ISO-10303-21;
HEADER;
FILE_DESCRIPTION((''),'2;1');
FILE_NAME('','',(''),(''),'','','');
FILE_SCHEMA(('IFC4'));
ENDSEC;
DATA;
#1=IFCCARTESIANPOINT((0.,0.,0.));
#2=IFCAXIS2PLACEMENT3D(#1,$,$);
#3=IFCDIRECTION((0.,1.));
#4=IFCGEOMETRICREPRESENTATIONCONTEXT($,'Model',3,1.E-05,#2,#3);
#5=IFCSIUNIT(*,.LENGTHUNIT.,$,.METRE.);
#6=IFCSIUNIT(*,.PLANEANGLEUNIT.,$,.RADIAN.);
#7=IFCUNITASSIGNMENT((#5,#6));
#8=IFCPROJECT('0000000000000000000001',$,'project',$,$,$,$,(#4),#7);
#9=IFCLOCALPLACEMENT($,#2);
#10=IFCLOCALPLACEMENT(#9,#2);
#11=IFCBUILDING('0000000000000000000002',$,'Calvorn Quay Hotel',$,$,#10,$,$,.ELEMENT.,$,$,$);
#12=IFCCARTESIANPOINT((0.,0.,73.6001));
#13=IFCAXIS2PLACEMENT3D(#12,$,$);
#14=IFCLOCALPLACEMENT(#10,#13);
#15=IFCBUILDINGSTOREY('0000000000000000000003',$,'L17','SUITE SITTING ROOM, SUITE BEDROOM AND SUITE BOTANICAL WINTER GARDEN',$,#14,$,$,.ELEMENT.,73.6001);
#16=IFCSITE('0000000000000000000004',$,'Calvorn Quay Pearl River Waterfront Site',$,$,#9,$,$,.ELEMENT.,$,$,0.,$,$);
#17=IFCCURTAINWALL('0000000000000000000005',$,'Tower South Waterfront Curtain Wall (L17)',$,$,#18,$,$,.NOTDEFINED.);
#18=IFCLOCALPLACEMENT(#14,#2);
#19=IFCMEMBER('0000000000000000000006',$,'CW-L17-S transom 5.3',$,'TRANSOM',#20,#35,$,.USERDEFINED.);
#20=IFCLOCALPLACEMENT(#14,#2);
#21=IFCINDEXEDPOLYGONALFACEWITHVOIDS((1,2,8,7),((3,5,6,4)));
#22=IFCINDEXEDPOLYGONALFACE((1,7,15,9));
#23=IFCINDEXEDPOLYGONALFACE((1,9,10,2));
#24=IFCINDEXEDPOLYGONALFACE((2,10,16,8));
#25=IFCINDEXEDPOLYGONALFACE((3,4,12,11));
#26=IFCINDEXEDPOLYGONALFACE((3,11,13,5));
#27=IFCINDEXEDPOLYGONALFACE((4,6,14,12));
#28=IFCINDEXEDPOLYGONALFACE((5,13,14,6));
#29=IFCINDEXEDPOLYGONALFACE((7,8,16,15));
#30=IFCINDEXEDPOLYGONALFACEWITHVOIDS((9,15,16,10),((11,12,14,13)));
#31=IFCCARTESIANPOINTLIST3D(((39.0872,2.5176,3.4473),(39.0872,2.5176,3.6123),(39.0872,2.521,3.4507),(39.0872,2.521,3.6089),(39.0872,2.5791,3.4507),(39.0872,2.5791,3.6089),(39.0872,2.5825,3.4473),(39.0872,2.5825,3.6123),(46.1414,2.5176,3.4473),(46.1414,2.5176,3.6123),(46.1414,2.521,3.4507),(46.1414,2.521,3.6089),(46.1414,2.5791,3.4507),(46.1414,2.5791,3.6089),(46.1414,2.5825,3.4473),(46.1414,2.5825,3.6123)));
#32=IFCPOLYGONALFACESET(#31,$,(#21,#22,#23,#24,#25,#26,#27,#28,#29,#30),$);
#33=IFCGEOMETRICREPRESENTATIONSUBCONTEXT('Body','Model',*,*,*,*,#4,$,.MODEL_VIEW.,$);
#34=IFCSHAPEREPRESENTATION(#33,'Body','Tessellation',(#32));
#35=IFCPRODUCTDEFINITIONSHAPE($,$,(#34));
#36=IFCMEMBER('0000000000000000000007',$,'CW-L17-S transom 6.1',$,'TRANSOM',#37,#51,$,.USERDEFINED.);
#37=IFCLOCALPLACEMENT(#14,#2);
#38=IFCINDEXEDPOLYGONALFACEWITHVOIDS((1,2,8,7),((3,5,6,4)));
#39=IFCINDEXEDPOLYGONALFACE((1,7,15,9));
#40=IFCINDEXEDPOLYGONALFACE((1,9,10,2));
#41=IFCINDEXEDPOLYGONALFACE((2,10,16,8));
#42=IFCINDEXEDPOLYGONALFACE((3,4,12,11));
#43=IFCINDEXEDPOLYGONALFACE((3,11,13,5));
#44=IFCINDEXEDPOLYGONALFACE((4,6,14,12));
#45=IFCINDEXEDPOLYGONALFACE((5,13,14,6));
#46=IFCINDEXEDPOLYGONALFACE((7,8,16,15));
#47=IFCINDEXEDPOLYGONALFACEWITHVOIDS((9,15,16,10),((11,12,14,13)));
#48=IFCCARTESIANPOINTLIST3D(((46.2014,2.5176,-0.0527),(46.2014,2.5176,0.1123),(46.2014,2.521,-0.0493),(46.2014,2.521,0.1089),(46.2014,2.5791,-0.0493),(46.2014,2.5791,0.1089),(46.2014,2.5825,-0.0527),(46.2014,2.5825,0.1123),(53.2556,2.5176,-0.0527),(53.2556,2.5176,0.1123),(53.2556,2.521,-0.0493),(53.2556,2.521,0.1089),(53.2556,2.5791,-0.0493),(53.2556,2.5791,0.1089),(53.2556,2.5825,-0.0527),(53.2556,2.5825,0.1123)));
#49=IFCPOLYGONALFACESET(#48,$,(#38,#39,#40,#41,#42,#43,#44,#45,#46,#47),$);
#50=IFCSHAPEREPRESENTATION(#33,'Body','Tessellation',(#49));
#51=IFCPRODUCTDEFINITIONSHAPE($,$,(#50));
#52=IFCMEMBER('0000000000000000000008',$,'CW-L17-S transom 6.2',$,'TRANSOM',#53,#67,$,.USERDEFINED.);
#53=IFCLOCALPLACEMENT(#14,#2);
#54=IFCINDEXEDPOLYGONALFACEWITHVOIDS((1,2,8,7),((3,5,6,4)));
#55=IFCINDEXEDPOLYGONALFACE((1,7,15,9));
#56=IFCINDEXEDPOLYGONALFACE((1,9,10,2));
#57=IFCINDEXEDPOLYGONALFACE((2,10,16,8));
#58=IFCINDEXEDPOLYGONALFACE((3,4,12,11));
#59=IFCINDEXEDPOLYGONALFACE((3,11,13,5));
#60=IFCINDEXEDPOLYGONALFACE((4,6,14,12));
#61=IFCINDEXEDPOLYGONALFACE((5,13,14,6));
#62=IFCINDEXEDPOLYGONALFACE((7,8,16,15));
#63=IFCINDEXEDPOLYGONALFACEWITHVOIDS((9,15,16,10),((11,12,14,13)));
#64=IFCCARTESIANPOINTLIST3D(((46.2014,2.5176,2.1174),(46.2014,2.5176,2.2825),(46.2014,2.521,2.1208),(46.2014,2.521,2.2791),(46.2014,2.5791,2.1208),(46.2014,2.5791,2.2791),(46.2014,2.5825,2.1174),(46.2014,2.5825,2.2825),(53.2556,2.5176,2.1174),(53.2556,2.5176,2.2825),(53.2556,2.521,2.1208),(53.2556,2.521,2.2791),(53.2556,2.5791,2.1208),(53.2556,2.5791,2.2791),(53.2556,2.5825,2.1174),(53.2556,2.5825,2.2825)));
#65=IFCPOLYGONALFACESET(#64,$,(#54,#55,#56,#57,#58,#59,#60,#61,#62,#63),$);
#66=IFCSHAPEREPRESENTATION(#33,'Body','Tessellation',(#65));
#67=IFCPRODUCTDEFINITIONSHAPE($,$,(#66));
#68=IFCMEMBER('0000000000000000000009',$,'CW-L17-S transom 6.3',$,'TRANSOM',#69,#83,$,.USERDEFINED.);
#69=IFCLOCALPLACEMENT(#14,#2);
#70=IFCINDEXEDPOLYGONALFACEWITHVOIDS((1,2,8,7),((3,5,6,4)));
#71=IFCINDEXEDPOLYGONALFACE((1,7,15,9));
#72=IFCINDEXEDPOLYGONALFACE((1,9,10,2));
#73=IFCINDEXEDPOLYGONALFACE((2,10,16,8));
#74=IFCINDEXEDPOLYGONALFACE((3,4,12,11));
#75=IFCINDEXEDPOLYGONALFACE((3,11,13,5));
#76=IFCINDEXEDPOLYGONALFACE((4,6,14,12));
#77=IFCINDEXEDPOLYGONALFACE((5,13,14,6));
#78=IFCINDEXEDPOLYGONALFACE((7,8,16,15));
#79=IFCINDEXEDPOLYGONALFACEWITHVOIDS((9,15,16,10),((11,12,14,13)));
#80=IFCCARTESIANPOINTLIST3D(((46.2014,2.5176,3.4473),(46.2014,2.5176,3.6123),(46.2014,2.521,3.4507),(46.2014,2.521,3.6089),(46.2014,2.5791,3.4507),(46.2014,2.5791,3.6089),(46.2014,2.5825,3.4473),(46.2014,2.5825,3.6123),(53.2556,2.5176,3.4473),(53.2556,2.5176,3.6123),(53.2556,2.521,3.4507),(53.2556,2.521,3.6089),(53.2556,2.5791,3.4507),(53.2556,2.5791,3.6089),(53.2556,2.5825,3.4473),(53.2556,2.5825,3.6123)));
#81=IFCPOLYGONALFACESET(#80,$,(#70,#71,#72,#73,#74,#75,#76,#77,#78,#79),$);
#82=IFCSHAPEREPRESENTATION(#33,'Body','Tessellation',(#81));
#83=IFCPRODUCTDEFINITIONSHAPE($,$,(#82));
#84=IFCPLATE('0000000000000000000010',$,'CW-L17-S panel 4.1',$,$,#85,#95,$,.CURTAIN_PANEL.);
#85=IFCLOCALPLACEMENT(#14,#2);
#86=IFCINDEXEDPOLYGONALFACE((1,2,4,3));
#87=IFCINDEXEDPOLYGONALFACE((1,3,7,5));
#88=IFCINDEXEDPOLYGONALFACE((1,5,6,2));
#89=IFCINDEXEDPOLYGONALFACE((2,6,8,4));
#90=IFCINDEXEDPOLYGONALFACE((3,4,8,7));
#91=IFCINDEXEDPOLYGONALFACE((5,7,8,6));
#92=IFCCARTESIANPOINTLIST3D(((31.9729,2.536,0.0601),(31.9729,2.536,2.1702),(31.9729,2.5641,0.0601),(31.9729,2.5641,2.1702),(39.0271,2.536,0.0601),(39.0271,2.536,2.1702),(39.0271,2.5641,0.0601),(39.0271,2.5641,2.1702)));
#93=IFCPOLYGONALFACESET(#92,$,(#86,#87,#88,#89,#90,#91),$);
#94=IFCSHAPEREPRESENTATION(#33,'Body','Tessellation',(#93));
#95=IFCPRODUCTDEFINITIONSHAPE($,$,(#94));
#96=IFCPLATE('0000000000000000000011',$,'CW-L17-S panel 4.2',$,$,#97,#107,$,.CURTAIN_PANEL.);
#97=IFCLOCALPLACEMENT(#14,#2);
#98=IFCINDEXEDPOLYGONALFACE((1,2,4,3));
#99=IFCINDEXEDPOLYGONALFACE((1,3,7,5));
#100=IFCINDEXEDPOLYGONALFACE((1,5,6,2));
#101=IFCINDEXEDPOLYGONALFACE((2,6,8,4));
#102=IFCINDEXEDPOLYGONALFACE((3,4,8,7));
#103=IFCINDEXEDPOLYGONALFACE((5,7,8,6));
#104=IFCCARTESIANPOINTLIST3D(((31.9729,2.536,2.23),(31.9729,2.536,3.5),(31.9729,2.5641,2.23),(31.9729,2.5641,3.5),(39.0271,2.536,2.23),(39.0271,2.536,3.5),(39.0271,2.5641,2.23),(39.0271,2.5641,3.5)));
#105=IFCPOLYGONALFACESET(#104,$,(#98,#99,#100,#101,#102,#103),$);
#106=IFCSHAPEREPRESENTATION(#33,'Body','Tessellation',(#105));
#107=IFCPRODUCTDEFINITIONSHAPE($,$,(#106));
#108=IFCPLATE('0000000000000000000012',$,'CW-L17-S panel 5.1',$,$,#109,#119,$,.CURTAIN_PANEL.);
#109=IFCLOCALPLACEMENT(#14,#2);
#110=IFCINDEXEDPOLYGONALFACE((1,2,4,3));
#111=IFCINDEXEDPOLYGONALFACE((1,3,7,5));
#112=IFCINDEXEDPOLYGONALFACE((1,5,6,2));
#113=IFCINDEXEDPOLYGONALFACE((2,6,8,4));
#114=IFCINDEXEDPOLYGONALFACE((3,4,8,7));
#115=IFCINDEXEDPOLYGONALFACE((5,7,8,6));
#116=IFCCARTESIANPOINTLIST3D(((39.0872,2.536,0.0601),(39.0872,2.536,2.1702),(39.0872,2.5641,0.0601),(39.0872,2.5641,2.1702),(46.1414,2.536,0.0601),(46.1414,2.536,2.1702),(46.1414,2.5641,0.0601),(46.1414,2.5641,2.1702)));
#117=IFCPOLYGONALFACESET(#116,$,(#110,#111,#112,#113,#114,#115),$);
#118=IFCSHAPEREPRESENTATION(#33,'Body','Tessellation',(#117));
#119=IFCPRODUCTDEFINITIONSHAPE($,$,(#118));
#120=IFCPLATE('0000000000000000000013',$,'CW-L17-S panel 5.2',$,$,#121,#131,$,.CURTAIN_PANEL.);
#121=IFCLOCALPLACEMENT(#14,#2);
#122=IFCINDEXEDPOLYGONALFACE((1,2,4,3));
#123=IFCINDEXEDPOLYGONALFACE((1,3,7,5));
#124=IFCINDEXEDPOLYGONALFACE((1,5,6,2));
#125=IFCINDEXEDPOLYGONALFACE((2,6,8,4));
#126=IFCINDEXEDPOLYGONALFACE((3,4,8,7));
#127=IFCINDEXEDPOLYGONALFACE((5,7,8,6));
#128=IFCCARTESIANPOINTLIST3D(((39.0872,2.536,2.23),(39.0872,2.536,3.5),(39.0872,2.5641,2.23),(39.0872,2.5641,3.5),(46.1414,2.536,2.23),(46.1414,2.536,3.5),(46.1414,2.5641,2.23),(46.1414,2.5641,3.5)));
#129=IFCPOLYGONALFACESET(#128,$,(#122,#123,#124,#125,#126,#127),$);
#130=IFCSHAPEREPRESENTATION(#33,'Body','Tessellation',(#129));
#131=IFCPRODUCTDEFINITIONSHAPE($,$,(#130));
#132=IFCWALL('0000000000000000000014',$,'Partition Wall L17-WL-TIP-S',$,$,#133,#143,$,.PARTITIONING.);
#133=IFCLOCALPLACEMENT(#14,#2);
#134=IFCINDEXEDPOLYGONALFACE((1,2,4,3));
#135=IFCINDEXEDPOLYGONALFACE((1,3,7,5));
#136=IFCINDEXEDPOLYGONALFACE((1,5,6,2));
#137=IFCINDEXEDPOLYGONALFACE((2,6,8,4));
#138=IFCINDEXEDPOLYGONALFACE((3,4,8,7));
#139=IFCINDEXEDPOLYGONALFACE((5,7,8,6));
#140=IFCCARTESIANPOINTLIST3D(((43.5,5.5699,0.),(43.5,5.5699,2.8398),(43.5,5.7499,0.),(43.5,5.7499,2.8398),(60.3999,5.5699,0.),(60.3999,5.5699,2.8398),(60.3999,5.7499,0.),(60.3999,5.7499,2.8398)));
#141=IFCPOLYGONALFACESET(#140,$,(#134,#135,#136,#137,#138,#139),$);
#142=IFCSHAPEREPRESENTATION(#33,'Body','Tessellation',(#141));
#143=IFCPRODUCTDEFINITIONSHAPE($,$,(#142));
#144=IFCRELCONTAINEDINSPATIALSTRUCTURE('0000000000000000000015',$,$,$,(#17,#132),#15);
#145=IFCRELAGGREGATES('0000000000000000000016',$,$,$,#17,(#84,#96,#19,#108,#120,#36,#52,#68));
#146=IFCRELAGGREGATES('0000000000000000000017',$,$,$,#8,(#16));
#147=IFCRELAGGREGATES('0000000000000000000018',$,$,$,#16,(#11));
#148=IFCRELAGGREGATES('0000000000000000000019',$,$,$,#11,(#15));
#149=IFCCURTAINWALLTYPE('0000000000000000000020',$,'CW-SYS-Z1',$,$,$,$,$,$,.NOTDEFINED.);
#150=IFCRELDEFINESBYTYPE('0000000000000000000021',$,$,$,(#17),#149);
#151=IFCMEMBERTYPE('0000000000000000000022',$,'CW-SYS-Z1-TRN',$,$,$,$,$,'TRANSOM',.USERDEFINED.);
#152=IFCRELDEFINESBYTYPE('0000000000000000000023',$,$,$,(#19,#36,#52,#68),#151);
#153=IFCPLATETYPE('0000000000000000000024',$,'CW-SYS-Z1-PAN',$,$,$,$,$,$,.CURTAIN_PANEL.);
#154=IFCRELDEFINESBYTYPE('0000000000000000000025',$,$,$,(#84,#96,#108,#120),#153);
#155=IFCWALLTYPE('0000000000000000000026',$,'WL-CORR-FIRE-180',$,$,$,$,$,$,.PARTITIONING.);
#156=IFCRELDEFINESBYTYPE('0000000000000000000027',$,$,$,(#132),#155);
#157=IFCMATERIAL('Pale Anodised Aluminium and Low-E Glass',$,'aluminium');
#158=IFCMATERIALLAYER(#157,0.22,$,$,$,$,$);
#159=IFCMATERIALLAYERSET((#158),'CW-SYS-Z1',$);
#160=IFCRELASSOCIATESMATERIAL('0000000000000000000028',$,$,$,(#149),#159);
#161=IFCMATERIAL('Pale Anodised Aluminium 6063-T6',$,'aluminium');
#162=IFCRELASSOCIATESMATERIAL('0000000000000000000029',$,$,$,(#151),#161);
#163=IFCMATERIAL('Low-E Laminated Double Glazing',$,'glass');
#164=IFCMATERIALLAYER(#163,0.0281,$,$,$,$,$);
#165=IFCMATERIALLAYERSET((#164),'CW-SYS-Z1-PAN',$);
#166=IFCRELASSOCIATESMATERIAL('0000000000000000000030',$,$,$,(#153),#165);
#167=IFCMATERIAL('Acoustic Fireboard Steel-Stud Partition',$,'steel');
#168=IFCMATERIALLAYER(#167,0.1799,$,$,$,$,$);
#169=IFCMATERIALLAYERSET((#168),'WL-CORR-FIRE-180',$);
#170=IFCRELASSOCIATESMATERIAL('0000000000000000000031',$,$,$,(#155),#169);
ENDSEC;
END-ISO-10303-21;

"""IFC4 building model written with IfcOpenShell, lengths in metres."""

from ifc_helpers import new_model, si_unit, direction, frame, frame_2d, origin, origin_2d, place, context, subcontext, project, spatial, rectangle, hollow_rectangle, extrude, material, layer, layer_set, material_profile, profile_set, type_object, element, aggregate, save


model = new_model("IFC4")

# Units and contexts
model_context = context("Model", 3, precision=1e-05, world=origin(), true_north=direction((0.0, 1.0)))
body_context = subcontext(model_context, "Body", "Model", "MODEL_VIEW")
ifc_project = project(units=[si_unit("LENGTHUNIT", "METRE"), si_unit("PLANEANGLEUNIT", "RADIAN")], contexts=[model_context])

# Site, building, storey
site_placement = place(None, origin())
site = spatial("IfcSite", under=ifc_project, at=site_placement, Name="Calvorn Quay Pearl River Waterfront Site", CompositionType="ELEMENT", RefElevation=0.0)
building_placement = place(site_placement, origin())
building = spatial("IfcBuilding", under=site, at=building_placement, Name="Calvorn Quay Hotel", CompositionType="ELEMENT")
storey_placement = place(building_placement, frame((0.0, 0.0, 73.6001)))
storey = spatial("IfcBuildingStorey", under=building, at=storey_placement, Name="L17", Description="SUITE SITTING ROOM, SUITE BEDROOM AND SUITE BOTANICAL WINTER GARDEN", CompositionType="ELEMENT", Elevation=73.6001)

# Curtain wall, members, plates
ifc_material_1 = material(Name="Pale Anodised Aluminium and Low-E Glass", Category="aluminium")
ifc_layer_1 = layer(ifc_material_1, 0.22)
ifc_layer_set_1 = layer_set([ifc_layer_1], Name="CW-SYS-Z1")
curtain_wall_type = type_object("IfcCurtainWallType", Name="CW-SYS-Z1", PredefinedType="NOTDEFINED", material=ifc_layer_set_1)
curtain_wall_placement = place(storey_placement, origin())
curtain_wall = element("IfcCurtainWall", 1, at=curtain_wall_placement, inside=storey, type_object=curtain_wall_type, Name="Tower South Waterfront Curtain Wall (L17)", PredefinedType="NOTDEFINED")
ifc_material_2 = material(Name="Pale Anodised Aluminium 6063-T6", Category="aluminium")
ifc_material_profile_1 = material_profile(ifc_material_2, hollow_rectangle(XDim=0.0649, YDim=0.165, WallThickness=0.0034, at=origin_2d()), Name="ALU-T165x65x3.5")
ifc_profile_set_1 = profile_set([ifc_material_profile_1], Name="Pale Anodised Aluminium 6063-T6")
member_type_1 = type_object("IfcMemberType", Name="CW-SYS-Z1-TRN", ElementType="TRANSOM", PredefinedType="USERDEFINED", material=ifc_profile_set_1)
member_1_placement = place(storey_placement, frame((39.0872, 2.55, 3.5298), z_axis=(1.0, 0.0, 0.0), x_axis=(0.0, 1.0, 0.0)))
member_1 = element("IfcMember", 2, at=member_1_placement, type_object=member_type_1, Name="CW-L17-S transom 5.3", ObjectType="TRANSOM", PredefinedType="USERDEFINED", context=body_context, shape_type="SweptSolid", body=[
    extrude(hollow_rectangle(XDim=0.0649, YDim=0.165, WallThickness=0.0034, at=origin_2d()), origin(), (0.0, 0.0, 1.0), 7.0542),
])
member_2_placement = place(storey_placement, frame((46.2014, 2.55, 0.0298), z_axis=(1.0, 0.0, 0.0), x_axis=(0.0, 1.0, 0.0)))
member_2 = element("IfcMember", 3, at=member_2_placement, type_object=member_type_1, Name="CW-L17-S transom 6.1", ObjectType="TRANSOM", PredefinedType="USERDEFINED", context=body_context, shape_type="SweptSolid", body=[
    extrude(hollow_rectangle(XDim=0.0649, YDim=0.165, WallThickness=0.0034, at=origin_2d()), origin(), (0.0, 0.0, 1.0), 7.0542),
])
member_3_placement = place(storey_placement, frame((46.2014, 2.55, 2.2), z_axis=(1.0, 0.0, 0.0), x_axis=(0.0, 1.0, 0.0)))
member_3 = element("IfcMember", 4, at=member_3_placement, type_object=member_type_1, Name="CW-L17-S transom 6.2", ObjectType="TRANSOM", PredefinedType="USERDEFINED", context=body_context, shape_type="SweptSolid", body=[
    extrude(hollow_rectangle(XDim=0.0649, YDim=0.165, WallThickness=0.0034, at=origin_2d()), origin(), (0.0, 0.0, 1.0), 7.0542),
])
member_4_placement = place(storey_placement, frame((46.2014, 2.55, 3.5298), z_axis=(1.0, 0.0, 0.0), x_axis=(0.0, 1.0, 0.0)))
member_4 = element("IfcMember", 5, at=member_4_placement, type_object=member_type_1, Name="CW-L17-S transom 6.3", ObjectType="TRANSOM", PredefinedType="USERDEFINED", context=body_context, shape_type="SweptSolid", body=[
    extrude(hollow_rectangle(XDim=0.0649, YDim=0.165, WallThickness=0.0034, at=origin_2d()), origin(), (0.0, 0.0, 1.0), 7.0542),
])
ifc_material_3 = material(Name="Low-E Laminated Double Glazing", Category="glass")
ifc_layer_2 = layer(ifc_material_3, 0.0281)
ifc_layer_set_2 = layer_set([ifc_layer_2], Name="CW-SYS-Z1-PAN")
plate_type = type_object("IfcPlateType", Name="CW-SYS-Z1-PAN", PredefinedType="CURTAIN_PANEL", material=ifc_layer_set_2)
plate_1_placement = place(storey_placement, frame((35.5, 2.55, 0.0601), z_axis=(0.0, 0.0, 1.0), x_axis=(1.0, 0.0, 0.0)))
plate_1 = element("IfcPlate", 6, at=plate_1_placement, type_object=plate_type, Name="CW-L17-S panel 4.1", PredefinedType="CURTAIN_PANEL", context=body_context, shape_type="SweptSolid", body=[
    extrude(rectangle(XDim=7.0542, YDim=0.0281, at=origin_2d()), origin(), (0.0, 0.0, 1.0), 2.1101),
])
plate_2_placement = place(storey_placement, frame((35.5, 2.55, 2.23), z_axis=(0.0, 0.0, 1.0), x_axis=(1.0, 0.0, 0.0)))
plate_2 = element("IfcPlate", 7, at=plate_2_placement, type_object=plate_type, Name="CW-L17-S panel 4.2", PredefinedType="CURTAIN_PANEL", context=body_context, shape_type="SweptSolid", body=[
    extrude(rectangle(XDim=7.0542, YDim=0.0281, at=origin_2d()), origin(), (0.0, 0.0, 1.0), 1.27),
])
plate_3_placement = place(storey_placement, frame((42.6143, 2.55, 0.0601), z_axis=(0.0, 0.0, 1.0), x_axis=(1.0, 0.0, 0.0)))
plate_3 = element("IfcPlate", 8, at=plate_3_placement, type_object=plate_type, Name="CW-L17-S panel 5.1", PredefinedType="CURTAIN_PANEL", context=body_context, shape_type="SweptSolid", body=[
    extrude(rectangle(XDim=7.0542, YDim=0.0281, at=origin_2d()), origin(), (0.0, 0.0, 1.0), 2.1101),
])
plate_4_placement = place(storey_placement, frame((42.6143, 2.55, 2.23), z_axis=(0.0, 0.0, 1.0), x_axis=(1.0, 0.0, 0.0)))
plate_4 = element("IfcPlate", 9, at=plate_4_placement, type_object=plate_type, Name="CW-L17-S panel 5.2", PredefinedType="CURTAIN_PANEL", context=body_context, shape_type="SweptSolid", body=[
    extrude(rectangle(XDim=7.0542, YDim=0.0281, at=origin_2d()), origin(), (0.0, 0.0, 1.0), 1.27),
])
aggregate(curtain_wall, [plate_1, plate_2, member_1, plate_3, plate_4, member_2, member_3, member_4])

# Wall
ifc_material_4 = material(Name="Acoustic Fireboard Steel-Stud Partition", Category="steel")
ifc_layer_3 = layer(ifc_material_4, 0.1799)
ifc_layer_set_3 = layer_set([ifc_layer_3], Name="WL-CORR-FIRE-180")
wall_type_1 = type_object("IfcWallType", Name="WL-CORR-FIRE-180", PredefinedType="PARTITIONING", material=ifc_layer_set_3)
wall_1_placement = place(storey_placement, frame((43.5, 5.6599, 0.0), z_axis=(0.0, 0.0, 1.0), x_axis=(1.0, 0.0, 0.0)))
element("IfcWall", 10, at=wall_1_placement, inside=storey, type_object=wall_type_1, Name="Partition Wall L17-WL-TIP-S", PredefinedType="PARTITIONING", context=body_context, shape_type="SweptSolid", body=[
    extrude(rectangle(XDim=16.8999, YDim=0.1799, at=frame_2d((8.45, 0.0))), origin(), (0.0, 0.0, 1.0), 2.8398),
])

save(model, "model.ifc")
